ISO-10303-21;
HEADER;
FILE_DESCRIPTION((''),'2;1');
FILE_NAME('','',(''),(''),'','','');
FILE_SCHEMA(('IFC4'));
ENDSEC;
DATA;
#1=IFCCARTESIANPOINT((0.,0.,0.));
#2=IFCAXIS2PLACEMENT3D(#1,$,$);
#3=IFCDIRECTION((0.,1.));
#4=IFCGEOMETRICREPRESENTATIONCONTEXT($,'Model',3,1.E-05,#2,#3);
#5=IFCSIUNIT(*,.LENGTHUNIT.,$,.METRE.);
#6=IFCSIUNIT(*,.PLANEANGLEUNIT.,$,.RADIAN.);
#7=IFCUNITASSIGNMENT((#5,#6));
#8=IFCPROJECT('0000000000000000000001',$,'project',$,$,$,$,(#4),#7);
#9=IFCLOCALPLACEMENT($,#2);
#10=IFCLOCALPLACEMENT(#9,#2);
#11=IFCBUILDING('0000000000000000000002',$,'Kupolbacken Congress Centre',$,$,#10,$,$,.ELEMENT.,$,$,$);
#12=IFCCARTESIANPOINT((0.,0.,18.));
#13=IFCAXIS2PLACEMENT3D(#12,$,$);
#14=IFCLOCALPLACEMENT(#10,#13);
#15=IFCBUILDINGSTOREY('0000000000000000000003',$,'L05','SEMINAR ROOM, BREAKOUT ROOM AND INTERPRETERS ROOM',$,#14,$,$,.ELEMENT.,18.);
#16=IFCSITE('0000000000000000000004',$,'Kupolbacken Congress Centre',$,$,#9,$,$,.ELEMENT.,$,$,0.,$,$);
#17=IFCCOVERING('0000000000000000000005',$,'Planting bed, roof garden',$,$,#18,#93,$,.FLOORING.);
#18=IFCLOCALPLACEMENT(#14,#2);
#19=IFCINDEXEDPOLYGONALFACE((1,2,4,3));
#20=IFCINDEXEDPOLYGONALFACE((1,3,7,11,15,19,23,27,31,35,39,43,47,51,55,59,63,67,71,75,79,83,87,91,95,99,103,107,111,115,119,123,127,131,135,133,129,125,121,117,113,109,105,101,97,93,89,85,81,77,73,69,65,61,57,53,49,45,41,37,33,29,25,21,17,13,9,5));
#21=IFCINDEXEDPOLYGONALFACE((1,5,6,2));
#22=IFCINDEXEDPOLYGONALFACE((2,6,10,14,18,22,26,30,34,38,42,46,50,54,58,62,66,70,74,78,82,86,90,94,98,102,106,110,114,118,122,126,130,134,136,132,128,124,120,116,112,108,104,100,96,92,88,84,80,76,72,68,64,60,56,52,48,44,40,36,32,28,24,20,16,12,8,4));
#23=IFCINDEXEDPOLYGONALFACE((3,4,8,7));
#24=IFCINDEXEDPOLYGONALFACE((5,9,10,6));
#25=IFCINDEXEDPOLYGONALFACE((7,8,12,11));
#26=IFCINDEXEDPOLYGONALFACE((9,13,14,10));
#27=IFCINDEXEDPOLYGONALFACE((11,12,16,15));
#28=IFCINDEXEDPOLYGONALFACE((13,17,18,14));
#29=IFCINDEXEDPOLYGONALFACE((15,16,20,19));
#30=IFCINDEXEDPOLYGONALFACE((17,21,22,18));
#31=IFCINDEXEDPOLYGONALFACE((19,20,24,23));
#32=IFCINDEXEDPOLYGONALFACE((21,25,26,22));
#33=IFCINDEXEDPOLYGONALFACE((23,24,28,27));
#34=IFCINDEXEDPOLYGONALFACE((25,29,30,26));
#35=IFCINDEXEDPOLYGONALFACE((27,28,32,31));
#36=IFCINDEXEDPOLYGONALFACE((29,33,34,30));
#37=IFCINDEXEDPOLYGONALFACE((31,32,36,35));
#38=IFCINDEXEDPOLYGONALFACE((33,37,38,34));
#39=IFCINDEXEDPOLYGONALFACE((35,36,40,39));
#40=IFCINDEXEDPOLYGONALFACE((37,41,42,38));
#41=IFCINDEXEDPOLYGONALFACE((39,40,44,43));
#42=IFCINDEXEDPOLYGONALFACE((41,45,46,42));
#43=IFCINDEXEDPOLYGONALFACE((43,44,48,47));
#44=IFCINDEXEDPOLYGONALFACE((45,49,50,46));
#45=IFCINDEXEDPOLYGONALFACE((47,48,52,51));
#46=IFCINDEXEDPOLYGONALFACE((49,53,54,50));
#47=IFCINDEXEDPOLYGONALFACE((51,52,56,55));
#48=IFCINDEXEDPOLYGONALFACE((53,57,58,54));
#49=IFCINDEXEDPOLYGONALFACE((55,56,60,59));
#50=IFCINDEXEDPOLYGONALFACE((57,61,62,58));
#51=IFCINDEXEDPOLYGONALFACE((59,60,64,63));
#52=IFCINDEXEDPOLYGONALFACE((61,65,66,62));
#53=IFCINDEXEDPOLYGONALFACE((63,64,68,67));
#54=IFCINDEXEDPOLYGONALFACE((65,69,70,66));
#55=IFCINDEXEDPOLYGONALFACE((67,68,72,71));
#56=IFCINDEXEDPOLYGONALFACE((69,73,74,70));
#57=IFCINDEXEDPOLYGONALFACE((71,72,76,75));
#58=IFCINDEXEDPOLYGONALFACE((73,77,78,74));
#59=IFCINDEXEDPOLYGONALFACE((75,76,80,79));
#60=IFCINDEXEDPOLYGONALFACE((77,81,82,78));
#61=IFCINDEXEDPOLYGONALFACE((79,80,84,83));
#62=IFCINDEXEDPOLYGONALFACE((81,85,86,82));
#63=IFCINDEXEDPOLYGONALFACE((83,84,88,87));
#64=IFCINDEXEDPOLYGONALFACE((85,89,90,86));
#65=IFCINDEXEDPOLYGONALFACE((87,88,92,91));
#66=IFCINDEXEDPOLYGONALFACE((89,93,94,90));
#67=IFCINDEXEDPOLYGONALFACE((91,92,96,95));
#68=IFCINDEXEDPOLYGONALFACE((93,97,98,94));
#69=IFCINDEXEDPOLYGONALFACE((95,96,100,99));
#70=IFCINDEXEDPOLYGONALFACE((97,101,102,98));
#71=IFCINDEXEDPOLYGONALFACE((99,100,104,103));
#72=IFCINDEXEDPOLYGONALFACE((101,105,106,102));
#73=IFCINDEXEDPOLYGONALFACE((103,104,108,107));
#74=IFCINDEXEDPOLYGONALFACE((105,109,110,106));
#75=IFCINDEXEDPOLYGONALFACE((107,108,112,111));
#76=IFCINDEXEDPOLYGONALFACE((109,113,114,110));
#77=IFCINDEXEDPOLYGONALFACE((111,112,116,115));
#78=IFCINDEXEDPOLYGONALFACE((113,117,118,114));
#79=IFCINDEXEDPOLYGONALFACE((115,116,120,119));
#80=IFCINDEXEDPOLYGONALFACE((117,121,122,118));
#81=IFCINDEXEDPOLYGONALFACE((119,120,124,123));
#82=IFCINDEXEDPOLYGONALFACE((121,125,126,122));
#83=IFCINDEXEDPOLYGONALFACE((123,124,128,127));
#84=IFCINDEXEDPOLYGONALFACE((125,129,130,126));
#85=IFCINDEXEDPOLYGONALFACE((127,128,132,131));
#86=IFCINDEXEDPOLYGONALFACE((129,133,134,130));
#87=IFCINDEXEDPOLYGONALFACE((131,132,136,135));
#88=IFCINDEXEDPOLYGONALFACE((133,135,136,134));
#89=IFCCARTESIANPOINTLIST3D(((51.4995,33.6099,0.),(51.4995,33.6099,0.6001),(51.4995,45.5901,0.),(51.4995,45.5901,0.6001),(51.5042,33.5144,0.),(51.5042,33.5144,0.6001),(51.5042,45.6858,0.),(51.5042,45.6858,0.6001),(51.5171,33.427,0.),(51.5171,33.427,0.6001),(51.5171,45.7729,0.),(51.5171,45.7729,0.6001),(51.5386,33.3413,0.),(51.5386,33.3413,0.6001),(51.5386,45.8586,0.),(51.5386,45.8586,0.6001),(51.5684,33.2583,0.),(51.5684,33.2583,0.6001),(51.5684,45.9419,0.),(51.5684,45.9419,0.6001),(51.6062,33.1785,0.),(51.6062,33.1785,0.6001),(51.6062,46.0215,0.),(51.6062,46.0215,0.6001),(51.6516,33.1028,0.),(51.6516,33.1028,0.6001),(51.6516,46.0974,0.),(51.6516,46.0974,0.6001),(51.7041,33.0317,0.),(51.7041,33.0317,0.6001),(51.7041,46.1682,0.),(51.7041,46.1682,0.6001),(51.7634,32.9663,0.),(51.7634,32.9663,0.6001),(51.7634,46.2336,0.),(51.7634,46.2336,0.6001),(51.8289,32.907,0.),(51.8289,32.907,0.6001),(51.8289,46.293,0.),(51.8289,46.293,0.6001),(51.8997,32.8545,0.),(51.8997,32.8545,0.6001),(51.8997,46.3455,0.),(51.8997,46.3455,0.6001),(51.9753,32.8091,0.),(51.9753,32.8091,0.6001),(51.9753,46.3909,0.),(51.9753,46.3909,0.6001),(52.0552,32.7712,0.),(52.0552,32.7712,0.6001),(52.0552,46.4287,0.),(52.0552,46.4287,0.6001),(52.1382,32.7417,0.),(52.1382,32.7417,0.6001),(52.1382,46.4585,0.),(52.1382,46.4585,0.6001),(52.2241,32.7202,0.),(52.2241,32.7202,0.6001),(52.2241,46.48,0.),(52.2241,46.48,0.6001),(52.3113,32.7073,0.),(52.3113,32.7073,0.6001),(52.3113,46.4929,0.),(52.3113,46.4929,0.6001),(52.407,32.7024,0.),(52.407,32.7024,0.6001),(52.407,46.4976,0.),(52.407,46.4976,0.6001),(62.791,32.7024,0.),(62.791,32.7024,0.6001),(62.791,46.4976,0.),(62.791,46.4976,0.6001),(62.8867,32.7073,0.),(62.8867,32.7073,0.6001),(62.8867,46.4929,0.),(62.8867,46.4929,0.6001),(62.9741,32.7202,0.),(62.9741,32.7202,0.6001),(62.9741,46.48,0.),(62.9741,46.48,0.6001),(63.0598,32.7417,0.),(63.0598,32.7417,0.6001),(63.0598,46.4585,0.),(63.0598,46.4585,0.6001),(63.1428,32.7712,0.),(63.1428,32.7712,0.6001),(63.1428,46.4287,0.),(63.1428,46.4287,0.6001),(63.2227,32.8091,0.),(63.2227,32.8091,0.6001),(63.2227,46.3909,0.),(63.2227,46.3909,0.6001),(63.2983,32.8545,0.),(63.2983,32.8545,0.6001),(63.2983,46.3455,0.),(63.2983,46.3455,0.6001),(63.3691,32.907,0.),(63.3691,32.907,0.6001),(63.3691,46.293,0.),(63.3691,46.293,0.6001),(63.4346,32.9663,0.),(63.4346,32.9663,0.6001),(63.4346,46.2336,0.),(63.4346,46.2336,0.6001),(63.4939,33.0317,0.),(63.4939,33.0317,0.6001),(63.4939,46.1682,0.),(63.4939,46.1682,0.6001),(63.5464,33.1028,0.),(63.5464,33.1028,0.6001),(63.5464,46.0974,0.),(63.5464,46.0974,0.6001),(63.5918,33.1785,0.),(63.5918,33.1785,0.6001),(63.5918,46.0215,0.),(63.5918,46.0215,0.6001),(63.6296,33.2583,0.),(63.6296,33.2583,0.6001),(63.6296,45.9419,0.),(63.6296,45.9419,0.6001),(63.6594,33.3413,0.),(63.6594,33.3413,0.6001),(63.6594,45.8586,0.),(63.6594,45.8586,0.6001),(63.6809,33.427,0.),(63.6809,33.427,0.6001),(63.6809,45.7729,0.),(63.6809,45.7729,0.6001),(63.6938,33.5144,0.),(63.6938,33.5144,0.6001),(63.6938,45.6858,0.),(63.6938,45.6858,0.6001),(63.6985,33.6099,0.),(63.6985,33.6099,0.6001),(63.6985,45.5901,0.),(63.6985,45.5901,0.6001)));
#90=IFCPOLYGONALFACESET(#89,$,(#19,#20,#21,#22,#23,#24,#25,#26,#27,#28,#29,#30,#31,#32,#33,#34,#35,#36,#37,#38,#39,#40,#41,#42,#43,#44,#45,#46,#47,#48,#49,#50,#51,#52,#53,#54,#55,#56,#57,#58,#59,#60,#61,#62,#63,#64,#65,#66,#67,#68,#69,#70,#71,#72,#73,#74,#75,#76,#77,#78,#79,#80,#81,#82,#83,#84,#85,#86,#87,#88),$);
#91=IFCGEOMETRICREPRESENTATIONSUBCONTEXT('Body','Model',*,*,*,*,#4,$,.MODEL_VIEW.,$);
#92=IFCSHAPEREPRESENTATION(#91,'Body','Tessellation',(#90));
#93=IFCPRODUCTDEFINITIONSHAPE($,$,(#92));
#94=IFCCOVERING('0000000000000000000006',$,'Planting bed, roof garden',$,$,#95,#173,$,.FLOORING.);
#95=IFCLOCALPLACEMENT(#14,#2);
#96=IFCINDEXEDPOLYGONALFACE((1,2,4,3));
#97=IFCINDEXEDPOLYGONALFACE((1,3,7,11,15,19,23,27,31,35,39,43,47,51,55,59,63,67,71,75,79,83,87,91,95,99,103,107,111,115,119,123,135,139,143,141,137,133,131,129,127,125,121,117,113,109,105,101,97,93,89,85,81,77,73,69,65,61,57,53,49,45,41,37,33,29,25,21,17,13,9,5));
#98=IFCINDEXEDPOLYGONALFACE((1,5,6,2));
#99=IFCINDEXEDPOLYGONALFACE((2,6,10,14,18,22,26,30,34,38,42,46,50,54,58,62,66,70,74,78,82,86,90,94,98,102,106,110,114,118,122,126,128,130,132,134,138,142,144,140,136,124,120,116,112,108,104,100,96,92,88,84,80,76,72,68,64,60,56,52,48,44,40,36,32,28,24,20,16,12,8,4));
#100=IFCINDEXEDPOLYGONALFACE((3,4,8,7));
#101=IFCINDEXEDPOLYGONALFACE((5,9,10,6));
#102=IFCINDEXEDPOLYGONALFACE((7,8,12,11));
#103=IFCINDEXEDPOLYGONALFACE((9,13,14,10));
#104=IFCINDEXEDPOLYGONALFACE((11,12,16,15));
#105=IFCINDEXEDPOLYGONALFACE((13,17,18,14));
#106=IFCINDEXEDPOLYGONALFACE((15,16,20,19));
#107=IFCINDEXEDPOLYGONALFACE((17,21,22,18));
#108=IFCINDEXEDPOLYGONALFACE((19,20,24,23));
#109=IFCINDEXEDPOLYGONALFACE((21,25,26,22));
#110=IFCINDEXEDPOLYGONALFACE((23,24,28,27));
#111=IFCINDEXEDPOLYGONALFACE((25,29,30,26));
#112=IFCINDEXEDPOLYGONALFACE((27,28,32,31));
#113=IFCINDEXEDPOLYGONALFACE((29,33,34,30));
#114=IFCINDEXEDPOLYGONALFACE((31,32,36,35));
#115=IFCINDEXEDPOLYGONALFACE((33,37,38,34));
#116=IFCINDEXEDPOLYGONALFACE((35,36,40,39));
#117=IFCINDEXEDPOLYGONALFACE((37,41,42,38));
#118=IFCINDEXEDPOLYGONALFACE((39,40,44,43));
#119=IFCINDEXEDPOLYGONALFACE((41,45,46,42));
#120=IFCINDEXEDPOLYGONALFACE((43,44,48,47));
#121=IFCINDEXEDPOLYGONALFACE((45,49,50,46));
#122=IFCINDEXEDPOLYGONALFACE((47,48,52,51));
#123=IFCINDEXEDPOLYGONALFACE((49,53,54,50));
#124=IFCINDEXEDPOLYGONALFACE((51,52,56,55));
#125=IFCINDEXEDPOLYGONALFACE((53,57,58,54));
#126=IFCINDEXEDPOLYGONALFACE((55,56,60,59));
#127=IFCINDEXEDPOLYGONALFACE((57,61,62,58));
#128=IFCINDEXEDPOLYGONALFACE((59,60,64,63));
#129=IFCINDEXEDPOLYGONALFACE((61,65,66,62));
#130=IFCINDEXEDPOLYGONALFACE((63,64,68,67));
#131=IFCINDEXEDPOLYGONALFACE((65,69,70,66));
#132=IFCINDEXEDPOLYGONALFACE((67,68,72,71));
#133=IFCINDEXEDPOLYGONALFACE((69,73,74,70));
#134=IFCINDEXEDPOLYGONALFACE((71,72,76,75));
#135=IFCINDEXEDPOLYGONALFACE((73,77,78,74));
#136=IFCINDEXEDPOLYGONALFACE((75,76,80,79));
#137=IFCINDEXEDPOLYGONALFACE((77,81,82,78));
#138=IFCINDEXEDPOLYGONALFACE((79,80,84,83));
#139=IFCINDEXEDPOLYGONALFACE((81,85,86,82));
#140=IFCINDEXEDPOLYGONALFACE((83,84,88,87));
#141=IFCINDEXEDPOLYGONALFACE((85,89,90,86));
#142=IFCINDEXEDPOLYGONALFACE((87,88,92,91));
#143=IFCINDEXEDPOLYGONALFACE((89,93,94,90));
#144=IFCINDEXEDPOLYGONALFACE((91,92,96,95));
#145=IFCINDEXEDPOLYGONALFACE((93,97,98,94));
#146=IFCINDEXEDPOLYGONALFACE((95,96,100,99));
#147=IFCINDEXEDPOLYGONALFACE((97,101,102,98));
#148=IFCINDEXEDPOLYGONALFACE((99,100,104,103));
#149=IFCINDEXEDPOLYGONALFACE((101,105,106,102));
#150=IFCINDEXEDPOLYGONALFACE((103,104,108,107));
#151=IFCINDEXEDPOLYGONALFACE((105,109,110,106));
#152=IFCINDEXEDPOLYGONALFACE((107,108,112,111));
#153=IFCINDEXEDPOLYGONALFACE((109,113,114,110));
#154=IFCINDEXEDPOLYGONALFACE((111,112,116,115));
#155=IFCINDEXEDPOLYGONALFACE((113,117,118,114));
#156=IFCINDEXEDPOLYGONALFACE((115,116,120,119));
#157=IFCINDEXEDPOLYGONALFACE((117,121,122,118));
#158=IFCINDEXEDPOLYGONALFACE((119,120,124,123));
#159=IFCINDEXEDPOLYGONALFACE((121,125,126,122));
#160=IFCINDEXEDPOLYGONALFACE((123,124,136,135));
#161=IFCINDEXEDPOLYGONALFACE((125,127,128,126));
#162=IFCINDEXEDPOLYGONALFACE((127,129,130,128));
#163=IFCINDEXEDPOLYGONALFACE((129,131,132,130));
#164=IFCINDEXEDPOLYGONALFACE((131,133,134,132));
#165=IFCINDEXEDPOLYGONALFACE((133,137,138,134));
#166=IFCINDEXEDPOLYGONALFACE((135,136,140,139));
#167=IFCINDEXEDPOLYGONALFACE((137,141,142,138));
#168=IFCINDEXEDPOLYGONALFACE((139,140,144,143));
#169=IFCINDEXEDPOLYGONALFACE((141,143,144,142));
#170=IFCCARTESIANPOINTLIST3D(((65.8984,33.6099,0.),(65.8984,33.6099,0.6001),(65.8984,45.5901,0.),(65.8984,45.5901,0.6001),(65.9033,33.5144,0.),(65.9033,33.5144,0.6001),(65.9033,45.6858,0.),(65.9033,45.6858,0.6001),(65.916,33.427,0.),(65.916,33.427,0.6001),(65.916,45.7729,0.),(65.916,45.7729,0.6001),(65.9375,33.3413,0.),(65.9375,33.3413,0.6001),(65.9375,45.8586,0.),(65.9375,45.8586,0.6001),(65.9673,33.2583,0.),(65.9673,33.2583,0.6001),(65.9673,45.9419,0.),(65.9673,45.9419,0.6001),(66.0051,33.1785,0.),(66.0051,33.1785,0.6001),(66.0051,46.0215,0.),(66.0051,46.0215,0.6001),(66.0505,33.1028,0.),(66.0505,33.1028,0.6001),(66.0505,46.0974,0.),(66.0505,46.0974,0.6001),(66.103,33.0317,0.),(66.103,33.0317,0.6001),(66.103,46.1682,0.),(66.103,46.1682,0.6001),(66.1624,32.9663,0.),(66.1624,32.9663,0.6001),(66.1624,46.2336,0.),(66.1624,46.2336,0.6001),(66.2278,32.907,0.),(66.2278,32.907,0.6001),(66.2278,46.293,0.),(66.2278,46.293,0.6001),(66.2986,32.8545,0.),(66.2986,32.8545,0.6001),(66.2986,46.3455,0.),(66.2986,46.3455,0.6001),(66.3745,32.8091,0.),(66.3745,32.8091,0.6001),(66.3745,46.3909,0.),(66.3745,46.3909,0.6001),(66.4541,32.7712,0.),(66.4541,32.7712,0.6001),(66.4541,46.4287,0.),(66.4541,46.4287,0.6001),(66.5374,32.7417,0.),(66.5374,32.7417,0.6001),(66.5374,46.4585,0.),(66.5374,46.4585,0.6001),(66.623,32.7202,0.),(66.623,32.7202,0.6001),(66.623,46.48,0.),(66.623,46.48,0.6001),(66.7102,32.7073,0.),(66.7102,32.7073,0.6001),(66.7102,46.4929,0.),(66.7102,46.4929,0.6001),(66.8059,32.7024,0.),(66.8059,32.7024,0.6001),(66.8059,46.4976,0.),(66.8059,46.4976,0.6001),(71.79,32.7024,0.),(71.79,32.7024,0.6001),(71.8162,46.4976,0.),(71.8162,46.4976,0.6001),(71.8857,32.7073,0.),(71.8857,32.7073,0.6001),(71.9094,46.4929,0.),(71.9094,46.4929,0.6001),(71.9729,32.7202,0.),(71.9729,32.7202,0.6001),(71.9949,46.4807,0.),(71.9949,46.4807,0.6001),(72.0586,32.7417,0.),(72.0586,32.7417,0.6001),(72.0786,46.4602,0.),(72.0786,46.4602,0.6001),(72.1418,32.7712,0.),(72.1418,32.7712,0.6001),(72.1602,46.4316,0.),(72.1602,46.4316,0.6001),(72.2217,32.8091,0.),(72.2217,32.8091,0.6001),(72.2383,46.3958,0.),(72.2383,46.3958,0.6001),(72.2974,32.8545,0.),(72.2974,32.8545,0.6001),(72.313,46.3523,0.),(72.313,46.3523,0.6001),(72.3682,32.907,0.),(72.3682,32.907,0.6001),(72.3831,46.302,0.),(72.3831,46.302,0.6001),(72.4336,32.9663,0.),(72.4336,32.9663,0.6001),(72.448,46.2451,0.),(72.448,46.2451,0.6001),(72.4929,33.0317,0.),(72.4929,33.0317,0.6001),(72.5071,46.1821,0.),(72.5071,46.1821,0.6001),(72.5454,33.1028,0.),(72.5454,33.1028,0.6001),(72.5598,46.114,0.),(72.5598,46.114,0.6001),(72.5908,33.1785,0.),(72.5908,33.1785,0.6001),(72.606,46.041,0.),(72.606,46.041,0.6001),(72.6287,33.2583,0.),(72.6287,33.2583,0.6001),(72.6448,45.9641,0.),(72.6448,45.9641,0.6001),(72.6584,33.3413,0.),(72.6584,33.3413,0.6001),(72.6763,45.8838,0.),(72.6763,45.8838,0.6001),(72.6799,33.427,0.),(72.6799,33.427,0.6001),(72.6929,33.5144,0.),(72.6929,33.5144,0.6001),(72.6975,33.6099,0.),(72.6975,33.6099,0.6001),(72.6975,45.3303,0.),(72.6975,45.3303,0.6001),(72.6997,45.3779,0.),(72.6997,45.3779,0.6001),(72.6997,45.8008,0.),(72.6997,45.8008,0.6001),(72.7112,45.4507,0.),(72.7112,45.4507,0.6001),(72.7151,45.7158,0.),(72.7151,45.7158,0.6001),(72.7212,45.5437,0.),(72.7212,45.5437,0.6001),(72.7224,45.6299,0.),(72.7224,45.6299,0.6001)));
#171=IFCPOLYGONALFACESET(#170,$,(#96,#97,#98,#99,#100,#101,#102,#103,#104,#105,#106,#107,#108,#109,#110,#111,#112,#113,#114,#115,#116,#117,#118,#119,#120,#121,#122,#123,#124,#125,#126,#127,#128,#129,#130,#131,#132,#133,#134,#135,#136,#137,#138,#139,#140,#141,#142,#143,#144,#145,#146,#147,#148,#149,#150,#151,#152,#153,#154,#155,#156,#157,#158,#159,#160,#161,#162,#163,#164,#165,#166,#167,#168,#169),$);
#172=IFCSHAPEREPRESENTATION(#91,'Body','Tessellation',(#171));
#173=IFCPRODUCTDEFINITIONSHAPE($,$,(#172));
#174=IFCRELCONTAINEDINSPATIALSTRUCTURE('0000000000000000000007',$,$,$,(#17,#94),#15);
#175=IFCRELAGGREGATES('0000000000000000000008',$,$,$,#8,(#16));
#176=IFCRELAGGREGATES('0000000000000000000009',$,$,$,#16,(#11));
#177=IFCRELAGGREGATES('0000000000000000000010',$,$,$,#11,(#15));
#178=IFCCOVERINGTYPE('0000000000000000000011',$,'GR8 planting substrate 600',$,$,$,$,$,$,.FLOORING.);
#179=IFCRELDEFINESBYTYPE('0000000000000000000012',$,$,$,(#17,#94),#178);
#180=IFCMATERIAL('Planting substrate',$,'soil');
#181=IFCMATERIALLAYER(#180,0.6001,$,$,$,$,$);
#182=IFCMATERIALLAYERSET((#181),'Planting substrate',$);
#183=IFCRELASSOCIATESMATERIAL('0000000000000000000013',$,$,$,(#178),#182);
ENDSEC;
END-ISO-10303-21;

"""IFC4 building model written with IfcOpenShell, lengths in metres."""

from ifc_helpers import new_model, si_unit, direction, frame, origin, place, context, subcontext, project, spatial, polyline, outline, extrude, material, layer, layer_set, type_object, element, save


model = new_model("IFC4")

# Units and contexts
model_context = context("Model", 3, precision=1e-05, world=origin(), true_north=direction((0.0, 1.0)))
body_context = subcontext(model_context, "Body", "Model", "MODEL_VIEW")
ifc_project = project(units=[si_unit("LENGTHUNIT", "METRE"), si_unit("PLANEANGLEUNIT", "RADIAN")], contexts=[model_context])

# Site, building, storey
site_placement = place(None, origin())
site = spatial("IfcSite", under=ifc_project, at=site_placement, Name="Kupolbacken Congress Centre", CompositionType="ELEMENT", RefElevation=0.0)
building_placement = place(site_placement, origin())
building = spatial("IfcBuilding", under=site, at=building_placement, Name="Kupolbacken Congress Centre", CompositionType="ELEMENT")
storey_placement = place(building_placement, frame((0.0, 0.0, 18.0)))
storey = spatial("IfcBuildingStorey", under=building, at=storey_placement, Name="L05", Description="SEMINAR ROOM, BREAKOUT ROOM AND INTERPRETERS ROOM", CompositionType="ELEMENT", Elevation=18.0)

# Coverings
ifc_material_1 = material(Name="Planting substrate", Category="soil")
ifc_layer_1 = layer(ifc_material_1, 0.6001)
ifc_layer_set_1 = layer_set([ifc_layer_1], Name="Planting substrate")
covering_type_1 = type_object("IfcCoveringType", Name="GR8 planting substrate 600", PredefinedType="FLOORING", material=ifc_layer_set_1)
covering_1_placement = place(storey_placement, origin())
element("IfcCovering", 1, at=covering_1_placement, inside=storey, type_object=covering_type_1, Name="Planting bed, roof garden", PredefinedType="FLOORING", context=body_context, shape_type="SweptSolid", body=[
    extrude(outline(polyline([(62.791, 46.4976), (62.8867, 46.4929), (62.9741, 46.48), (63.0598, 46.4585), (63.1428, 46.4287), (63.2227, 46.3909), (63.2983, 46.3455), (63.3691, 46.293), (63.4346, 46.2336), (63.4939, 46.1682), (63.5464, 46.0974), (63.5918, 46.0215), (63.6296, 45.9419), (63.6594, 45.8586), (63.6809, 45.7729), (63.6938, 45.6858), (63.6985, 45.5901), (63.6985, 33.6099), (63.6938, 33.5144), (63.6809, 33.427), (63.6594, 33.3413), (63.6296, 33.2583), (63.5918, 33.1785), (63.5464, 33.1028), (63.4939, 33.0317), (63.4346, 32.9663), (63.3691, 32.907), (63.2983, 32.8545), (63.2227, 32.8091), (63.1428, 32.7712), (63.0598, 32.7417), (62.9741, 32.7202), (62.8867, 32.7073), (62.791, 32.7024), (52.407, 32.7024), (52.3113, 32.7073), (52.2241, 32.7202), (52.1382, 32.7417), (52.0552, 32.7712), (51.9753, 32.8091), (51.8997, 32.8545), (51.8289, 32.907), (51.7634, 32.9663), (51.7041, 33.0317), (51.6516, 33.1028), (51.6062, 33.1785), (51.5684, 33.2583), (51.5386, 33.3413), (51.5171, 33.427), (51.5042, 33.5144), (51.4995, 33.6099), (51.4995, 45.5901), (51.5042, 45.6858), (51.5171, 45.7729), (51.5386, 45.8586), (51.5684, 45.9419), (51.6062, 46.0215), (51.6516, 46.0974), (51.7041, 46.1682), (51.7634, 46.2336), (51.8289, 46.293), (51.8997, 46.3455), (51.9753, 46.3909), (52.0552, 46.4287), (52.1382, 46.4585), (52.2241, 46.48), (52.3113, 46.4929), (52.407, 46.4976), (62.791, 46.4976)])), origin(), (0.0, 0.0, 1.0), 0.6001),
])
covering_2_placement = place(storey_placement, origin())
element("IfcCovering", 2, at=covering_2_placement, inside=storey, type_object=covering_type_1, Name="Planting bed, roof garden", PredefinedType="FLOORING", context=body_context, shape_type="SweptSolid", body=[
    extrude(outline(polyline([(72.6975, 33.6099), (72.6929, 33.5144), (72.6799, 33.427), (72.6584, 33.3413), (72.6287, 33.2583), (72.5908, 33.1785), (72.5454, 33.1028), (72.4929, 33.0317), (72.4336, 32.9663), (72.3682, 32.907), (72.2974, 32.8545), (72.2217, 32.8091), (72.1418, 32.7712), (72.0586, 32.7417), (71.9729, 32.7202), (71.8857, 32.7073), (71.79, 32.7024), (66.8059, 32.7024), (66.7102, 32.7073), (66.623, 32.7202), (66.5374, 32.7417), (66.4541, 32.7712), (66.3745, 32.8091), (66.2986, 32.8545), (66.2278, 32.907), (66.1624, 32.9663), (66.103, 33.0317), (66.0505, 33.1028), (66.0051, 33.1785), (65.9673, 33.2583), (65.9375, 33.3413), (65.916, 33.427), (65.9033, 33.5144), (65.8984, 33.6099), (65.8984, 45.5901), (65.9033, 45.6858), (65.916, 45.7729), (65.9375, 45.8586), (65.9673, 45.9419), (66.0051, 46.0215), (66.0505, 46.0974), (66.103, 46.1682), (66.1624, 46.2336), (66.2278, 46.293), (66.2986, 46.3455), (66.3745, 46.3909), (66.4541, 46.4287), (66.5374, 46.4585), (66.623, 46.48), (66.7102, 46.4929), (66.8059, 46.4976), (71.8162, 46.4976), (71.9094, 46.4929), (71.9949, 46.4807), (72.0786, 46.4602), (72.1602, 46.4316), (72.2383, 46.3958), (72.313, 46.3523), (72.3831, 46.302), (72.448, 46.2451), (72.5071, 46.1821), (72.5598, 46.114), (72.606, 46.041), (72.6448, 45.9641), (72.6763, 45.8838), (72.6997, 45.8008), (72.7151, 45.7158), (72.7224, 45.6299), (72.7212, 45.5437), (72.7112, 45.4507), (72.6997, 45.3779), (72.6975, 45.3303), (72.6975, 33.6099)])), origin(), (0.0, 0.0, 1.0), 0.6001),
])

save(model, "model.ifc")
